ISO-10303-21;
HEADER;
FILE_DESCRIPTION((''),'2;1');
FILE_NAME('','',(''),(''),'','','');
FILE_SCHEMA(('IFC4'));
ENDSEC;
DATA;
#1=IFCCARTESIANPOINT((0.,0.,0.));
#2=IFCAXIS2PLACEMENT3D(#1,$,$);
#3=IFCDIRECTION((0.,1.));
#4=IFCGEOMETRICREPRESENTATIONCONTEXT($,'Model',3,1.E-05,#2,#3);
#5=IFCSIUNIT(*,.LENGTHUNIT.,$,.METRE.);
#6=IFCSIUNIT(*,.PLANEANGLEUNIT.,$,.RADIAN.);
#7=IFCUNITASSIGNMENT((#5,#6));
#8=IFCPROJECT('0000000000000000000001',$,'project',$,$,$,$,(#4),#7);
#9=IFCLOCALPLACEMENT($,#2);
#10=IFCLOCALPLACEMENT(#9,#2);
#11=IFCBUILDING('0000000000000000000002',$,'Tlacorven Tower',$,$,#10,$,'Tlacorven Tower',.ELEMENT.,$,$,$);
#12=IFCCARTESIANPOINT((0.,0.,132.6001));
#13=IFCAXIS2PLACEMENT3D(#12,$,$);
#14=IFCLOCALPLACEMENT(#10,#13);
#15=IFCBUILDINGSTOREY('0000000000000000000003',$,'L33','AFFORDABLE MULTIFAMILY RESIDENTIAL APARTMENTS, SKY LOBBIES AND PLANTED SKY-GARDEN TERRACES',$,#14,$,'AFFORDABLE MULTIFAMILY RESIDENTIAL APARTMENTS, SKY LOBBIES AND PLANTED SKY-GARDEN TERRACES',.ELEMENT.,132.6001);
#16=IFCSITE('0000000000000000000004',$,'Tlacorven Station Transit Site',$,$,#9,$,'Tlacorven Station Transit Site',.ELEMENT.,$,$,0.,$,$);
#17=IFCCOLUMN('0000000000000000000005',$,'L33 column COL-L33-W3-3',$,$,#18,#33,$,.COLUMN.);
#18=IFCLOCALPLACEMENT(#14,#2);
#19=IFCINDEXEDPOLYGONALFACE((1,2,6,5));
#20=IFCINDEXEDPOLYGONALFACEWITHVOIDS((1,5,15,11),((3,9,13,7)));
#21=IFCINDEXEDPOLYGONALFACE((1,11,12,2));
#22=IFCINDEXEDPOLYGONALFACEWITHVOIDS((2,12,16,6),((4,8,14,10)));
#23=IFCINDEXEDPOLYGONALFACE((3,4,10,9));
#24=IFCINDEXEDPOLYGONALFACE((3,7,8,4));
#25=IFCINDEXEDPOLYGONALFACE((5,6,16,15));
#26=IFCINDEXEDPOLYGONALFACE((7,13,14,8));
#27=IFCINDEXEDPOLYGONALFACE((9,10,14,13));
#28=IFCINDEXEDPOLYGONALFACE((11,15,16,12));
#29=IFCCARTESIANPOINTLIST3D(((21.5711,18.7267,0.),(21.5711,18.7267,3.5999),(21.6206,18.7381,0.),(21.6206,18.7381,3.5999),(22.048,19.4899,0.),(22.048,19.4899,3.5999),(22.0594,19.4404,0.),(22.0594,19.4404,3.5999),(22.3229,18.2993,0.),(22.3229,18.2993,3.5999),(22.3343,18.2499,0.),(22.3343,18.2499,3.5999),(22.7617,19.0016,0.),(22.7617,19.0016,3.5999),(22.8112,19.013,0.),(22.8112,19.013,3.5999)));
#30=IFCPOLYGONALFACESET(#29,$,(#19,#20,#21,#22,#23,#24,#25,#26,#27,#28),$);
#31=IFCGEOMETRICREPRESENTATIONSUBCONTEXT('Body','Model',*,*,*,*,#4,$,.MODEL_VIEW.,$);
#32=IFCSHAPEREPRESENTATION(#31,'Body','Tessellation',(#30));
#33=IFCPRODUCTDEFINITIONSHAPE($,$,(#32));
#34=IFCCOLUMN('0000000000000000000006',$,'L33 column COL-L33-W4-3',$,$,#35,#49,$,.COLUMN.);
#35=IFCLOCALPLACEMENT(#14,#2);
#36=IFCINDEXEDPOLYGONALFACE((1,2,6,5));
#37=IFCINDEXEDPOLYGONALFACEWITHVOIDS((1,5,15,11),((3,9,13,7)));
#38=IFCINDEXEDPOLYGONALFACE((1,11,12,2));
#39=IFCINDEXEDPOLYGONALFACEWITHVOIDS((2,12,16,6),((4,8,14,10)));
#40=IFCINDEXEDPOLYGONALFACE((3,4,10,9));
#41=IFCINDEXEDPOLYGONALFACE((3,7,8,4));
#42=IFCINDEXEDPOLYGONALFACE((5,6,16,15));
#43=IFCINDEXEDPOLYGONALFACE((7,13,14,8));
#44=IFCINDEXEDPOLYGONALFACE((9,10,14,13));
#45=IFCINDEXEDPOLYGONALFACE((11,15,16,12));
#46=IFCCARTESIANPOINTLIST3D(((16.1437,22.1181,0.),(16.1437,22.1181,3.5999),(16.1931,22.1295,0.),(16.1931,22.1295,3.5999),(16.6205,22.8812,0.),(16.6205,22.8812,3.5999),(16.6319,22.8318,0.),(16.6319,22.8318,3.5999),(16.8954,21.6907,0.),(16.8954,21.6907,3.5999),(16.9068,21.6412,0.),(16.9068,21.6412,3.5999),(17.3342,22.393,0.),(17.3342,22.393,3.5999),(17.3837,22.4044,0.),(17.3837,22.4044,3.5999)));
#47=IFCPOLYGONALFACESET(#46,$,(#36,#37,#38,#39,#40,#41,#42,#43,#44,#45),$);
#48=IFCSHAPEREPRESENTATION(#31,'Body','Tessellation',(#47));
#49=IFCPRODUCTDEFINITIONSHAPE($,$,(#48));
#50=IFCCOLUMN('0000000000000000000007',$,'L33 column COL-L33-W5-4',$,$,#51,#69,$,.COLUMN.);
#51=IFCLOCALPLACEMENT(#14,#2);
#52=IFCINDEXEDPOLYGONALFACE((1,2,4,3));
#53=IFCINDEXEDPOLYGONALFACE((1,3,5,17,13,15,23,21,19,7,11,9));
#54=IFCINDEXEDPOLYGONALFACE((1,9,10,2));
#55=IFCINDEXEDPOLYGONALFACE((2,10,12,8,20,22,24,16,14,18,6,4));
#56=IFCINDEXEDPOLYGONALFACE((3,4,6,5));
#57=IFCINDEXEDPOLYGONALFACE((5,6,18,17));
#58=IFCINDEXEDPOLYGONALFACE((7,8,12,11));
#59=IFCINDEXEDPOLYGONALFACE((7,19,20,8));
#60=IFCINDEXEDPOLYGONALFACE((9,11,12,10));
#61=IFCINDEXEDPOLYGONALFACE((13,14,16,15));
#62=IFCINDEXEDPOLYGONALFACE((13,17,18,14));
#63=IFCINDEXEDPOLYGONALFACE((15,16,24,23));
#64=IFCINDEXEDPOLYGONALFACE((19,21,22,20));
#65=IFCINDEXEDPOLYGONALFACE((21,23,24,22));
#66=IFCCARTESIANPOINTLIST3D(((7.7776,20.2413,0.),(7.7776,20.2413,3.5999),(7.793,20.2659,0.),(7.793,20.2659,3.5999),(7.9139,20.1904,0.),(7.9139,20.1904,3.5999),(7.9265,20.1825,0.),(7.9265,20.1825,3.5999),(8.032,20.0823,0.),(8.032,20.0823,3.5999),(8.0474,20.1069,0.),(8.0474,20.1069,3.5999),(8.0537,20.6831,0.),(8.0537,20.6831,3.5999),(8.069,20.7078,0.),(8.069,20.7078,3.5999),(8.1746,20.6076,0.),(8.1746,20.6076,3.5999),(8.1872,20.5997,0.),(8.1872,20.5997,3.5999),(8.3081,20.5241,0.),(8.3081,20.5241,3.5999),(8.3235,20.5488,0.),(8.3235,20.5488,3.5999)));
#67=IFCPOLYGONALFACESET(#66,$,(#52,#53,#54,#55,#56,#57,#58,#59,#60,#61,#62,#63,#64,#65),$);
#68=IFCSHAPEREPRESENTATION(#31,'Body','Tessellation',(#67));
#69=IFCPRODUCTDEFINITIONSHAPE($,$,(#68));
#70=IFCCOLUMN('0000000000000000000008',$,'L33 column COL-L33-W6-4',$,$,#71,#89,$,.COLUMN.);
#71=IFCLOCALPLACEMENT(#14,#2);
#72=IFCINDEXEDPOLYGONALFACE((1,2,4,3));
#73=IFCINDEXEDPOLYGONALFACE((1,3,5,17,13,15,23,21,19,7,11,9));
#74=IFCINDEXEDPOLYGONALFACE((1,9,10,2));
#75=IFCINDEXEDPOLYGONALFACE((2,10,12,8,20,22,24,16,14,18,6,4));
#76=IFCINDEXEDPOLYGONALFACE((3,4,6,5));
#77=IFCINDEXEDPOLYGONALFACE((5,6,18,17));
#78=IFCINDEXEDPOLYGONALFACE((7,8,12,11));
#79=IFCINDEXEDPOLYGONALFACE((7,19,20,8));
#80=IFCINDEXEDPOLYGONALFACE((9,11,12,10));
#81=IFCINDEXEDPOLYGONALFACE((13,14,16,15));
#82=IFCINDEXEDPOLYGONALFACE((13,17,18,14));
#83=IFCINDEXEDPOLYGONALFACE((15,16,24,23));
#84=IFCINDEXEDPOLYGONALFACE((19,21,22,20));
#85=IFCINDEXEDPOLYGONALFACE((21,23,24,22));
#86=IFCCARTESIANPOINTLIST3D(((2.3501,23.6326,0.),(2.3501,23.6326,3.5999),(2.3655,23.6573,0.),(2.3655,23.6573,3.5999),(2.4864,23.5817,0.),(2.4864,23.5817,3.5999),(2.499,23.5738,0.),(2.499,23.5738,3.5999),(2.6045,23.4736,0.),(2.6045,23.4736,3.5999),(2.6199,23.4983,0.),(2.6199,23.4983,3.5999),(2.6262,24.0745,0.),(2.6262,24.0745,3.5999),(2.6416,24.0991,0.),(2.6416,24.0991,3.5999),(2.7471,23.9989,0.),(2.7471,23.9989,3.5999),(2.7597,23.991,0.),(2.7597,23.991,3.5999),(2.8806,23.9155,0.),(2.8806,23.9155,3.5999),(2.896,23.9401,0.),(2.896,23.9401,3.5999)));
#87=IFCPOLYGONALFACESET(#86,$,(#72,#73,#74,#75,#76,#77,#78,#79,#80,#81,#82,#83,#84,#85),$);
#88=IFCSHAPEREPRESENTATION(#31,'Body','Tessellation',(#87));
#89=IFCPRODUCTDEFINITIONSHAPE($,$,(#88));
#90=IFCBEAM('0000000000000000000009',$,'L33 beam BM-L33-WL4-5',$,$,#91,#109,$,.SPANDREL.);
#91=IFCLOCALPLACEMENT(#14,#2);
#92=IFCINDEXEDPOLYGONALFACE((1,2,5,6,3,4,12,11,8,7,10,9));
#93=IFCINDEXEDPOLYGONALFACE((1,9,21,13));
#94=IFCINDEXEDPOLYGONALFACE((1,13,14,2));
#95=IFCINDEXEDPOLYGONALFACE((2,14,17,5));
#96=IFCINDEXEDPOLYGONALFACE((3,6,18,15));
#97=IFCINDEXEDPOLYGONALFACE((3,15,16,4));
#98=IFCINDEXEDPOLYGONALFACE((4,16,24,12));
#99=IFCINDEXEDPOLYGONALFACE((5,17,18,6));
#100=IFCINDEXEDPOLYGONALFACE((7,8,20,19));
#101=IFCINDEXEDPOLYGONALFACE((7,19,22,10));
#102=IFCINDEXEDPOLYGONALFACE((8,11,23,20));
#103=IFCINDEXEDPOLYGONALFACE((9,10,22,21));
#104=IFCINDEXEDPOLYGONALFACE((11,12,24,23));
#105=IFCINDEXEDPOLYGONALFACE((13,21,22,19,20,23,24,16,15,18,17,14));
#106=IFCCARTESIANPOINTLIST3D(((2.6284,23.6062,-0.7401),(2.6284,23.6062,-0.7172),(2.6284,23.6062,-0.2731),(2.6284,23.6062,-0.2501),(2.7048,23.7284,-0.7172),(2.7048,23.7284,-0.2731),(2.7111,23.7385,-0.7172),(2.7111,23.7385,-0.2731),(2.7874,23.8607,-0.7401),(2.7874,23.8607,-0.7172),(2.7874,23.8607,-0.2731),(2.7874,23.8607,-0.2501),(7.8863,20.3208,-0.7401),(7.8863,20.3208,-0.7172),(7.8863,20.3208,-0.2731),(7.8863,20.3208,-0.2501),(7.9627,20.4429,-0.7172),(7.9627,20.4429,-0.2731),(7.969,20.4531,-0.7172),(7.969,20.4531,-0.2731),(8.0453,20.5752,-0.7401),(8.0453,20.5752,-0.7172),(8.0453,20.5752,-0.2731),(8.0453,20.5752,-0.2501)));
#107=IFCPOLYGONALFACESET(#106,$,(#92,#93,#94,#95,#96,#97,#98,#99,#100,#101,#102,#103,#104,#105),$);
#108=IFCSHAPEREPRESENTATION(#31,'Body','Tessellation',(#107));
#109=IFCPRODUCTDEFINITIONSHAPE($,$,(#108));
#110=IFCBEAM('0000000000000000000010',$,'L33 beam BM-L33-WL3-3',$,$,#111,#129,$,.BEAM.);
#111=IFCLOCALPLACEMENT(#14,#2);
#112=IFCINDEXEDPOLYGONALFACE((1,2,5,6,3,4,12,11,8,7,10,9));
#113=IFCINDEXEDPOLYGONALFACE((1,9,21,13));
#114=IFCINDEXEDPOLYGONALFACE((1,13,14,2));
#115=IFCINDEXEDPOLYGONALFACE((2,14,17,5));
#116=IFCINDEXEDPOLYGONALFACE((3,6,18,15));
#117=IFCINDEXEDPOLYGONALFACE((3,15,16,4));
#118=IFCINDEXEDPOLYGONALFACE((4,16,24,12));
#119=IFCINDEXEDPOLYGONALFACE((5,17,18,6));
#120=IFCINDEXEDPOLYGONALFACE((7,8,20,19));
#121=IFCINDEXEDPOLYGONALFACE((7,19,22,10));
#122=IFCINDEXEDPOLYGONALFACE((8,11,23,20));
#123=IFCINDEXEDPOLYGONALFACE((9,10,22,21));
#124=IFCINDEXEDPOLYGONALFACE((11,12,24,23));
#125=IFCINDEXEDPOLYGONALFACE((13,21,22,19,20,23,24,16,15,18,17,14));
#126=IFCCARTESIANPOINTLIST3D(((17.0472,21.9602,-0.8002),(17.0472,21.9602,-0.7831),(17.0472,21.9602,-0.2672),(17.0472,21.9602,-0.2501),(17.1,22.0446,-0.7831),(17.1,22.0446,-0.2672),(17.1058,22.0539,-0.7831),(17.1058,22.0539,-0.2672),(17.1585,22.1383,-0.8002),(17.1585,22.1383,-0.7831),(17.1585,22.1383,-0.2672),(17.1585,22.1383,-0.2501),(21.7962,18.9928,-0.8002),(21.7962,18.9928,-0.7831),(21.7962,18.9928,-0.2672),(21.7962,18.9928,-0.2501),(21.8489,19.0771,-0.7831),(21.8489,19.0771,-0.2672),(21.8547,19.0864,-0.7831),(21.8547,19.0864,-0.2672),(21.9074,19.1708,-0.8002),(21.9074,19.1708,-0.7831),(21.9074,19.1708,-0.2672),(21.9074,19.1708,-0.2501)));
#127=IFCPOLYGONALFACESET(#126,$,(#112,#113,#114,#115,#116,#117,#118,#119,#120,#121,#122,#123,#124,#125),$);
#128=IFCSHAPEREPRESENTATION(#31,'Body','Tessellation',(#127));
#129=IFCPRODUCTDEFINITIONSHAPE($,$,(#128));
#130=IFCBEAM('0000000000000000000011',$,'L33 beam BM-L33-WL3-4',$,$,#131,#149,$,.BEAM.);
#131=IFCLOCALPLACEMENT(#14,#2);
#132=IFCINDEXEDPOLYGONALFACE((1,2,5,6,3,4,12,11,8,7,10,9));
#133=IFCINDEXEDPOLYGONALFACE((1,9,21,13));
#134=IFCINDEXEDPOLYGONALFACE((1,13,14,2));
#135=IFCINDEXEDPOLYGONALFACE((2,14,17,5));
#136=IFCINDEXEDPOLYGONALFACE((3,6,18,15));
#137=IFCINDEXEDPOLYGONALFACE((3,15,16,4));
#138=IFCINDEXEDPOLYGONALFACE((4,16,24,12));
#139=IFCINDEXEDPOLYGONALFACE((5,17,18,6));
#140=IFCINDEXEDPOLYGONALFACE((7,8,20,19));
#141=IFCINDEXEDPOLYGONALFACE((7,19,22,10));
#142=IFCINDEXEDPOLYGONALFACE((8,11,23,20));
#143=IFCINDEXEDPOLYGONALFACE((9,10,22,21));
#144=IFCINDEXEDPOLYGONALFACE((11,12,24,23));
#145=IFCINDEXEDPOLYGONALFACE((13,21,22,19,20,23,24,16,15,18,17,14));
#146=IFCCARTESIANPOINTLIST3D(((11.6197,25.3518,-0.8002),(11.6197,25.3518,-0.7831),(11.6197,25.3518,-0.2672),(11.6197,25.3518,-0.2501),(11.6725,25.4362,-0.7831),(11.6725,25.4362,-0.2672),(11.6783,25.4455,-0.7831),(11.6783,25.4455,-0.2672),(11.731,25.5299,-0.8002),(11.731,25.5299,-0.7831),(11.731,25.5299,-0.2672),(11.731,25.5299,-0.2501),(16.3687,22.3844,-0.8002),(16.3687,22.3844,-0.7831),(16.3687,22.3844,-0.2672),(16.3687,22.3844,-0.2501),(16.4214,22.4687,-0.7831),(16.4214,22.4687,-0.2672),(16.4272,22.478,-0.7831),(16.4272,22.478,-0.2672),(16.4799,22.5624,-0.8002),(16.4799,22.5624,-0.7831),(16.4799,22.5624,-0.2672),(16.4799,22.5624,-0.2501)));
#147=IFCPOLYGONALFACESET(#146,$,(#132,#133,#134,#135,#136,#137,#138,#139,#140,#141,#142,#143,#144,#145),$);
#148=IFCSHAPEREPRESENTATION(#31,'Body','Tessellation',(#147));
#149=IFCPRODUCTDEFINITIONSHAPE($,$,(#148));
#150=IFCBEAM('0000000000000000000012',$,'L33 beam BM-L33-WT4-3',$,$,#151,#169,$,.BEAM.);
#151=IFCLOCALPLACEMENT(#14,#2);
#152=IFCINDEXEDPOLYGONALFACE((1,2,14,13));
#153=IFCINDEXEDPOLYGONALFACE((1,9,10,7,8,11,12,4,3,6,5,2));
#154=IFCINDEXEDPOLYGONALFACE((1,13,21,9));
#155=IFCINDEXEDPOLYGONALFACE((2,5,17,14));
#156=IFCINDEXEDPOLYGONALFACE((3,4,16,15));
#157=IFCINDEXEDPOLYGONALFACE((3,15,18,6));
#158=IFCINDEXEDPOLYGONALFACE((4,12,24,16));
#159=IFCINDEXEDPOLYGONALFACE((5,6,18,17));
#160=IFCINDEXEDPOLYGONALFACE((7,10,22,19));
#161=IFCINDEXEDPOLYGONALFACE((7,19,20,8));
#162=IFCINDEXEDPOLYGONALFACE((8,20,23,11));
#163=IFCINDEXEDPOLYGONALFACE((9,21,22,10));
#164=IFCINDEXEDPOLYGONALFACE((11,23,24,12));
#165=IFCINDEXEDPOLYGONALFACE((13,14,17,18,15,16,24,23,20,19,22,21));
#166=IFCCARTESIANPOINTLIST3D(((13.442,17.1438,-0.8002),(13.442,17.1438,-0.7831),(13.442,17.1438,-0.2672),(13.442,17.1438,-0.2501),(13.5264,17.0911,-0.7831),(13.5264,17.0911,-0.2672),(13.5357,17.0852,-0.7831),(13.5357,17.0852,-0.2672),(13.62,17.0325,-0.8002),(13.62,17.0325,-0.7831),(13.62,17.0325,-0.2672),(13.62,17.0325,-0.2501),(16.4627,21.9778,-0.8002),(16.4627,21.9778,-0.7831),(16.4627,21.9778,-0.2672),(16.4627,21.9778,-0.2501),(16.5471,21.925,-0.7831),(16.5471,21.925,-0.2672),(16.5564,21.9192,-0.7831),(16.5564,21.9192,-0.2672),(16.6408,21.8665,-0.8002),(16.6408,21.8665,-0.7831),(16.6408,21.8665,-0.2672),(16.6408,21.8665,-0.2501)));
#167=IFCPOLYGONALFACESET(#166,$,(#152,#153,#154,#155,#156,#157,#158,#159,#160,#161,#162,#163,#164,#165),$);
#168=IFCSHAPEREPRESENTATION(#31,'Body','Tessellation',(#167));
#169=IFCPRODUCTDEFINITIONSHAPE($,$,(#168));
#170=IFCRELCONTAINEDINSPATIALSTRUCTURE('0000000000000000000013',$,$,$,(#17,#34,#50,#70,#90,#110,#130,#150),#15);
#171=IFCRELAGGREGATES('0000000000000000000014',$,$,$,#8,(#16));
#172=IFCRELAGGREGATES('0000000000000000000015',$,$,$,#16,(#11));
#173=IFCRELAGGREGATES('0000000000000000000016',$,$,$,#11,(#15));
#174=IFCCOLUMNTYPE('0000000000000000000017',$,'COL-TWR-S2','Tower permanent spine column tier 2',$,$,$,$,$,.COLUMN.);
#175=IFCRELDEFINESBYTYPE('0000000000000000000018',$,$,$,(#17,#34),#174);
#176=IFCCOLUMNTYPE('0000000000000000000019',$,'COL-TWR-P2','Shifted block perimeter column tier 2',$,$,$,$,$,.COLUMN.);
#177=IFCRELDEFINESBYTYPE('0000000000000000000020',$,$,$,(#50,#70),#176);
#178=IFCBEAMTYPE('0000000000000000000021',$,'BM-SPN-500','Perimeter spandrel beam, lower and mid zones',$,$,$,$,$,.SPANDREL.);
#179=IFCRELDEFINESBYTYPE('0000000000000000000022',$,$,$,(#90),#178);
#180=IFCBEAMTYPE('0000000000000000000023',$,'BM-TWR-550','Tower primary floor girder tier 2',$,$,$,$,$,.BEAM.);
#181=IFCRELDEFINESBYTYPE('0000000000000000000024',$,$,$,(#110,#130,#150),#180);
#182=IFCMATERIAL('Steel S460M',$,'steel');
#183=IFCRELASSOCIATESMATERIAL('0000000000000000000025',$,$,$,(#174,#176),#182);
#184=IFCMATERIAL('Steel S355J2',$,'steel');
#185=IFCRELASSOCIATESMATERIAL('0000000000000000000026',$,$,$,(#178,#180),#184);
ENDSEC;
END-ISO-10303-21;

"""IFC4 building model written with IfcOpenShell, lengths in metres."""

from ifc_helpers import new_model, si_unit, direction, frame, origin, origin_2d, place, context, subcontext, project, spatial, hollow_rectangle, i_section, extrude, source, transform, mapped, material, material_profile, profile_set, type_object, element, save


model = new_model("IFC4")

# Units and contexts
model_context = context("Model", 3, precision=1e-05, world=origin(), true_north=direction((0.0, 1.0)))
body_context = subcontext(model_context, "Body", "Model", "MODEL_VIEW")
ifc_project = project(units=[si_unit("LENGTHUNIT", "METRE"), si_unit("PLANEANGLEUNIT", "RADIAN")], contexts=[model_context])

# Site, building, storey
site_placement = place(None, origin())
site = spatial("IfcSite", under=ifc_project, at=site_placement, Name="Tlacorven Station Transit Site", LongName="Tlacorven Station Transit Site", CompositionType="ELEMENT", RefElevation=0.0)
building_placement = place(site_placement, origin())
building = spatial("IfcBuilding", under=site, at=building_placement, Name="Tlacorven Tower", LongName="Tlacorven Tower", CompositionType="ELEMENT")
storey_placement = place(building_placement, frame((0.0, 0.0, 132.6001)))
storey = spatial("IfcBuildingStorey", under=building, at=storey_placement, Name="L33", Description="AFFORDABLE MULTIFAMILY RESIDENTIAL APARTMENTS, SKY LOBBIES AND PLANTED SKY-GARDEN TERRACES", LongName="AFFORDABLE MULTIFAMILY RESIDENTIAL APARTMENTS, SKY LOBBIES AND PLANTED SKY-GARDEN TERRACES", CompositionType="ELEMENT", Elevation=132.6001)

# Columns
ifc_material_1 = material(Name="Steel S460M", Category="steel")
ifc_material_profile_1 = material_profile(ifc_material_1, hollow_rectangle(XDim=0.8999, YDim=0.8999, WallThickness=0.0359, at=origin_2d()), Name="BOX 900X900X36")
ifc_profile_set_1 = profile_set([ifc_material_profile_1], Name="Steel S460M")
column_type_1 = type_object("IfcColumnType", Name="COL-TWR-S2", Description="Tower permanent spine column tier 2", PredefinedType="COLUMN", material=ifc_profile_set_1)
shared_shape_1 = source(origin(), body_context, "Body", "SweptSolid", [
    extrude(hollow_rectangle(XDim=0.8999, YDim=0.8999, WallThickness=0.0359, at=origin_2d()), origin(), (0.0, 0.0, 1.0), 3.5999),
])
for number, where, z_axis, x_axis, name in (
    (1, (22.1912, 18.8699, 0.0), (0.0, 0.0, 1.0), (-0.848048, 0.529919, 0.0), "L33 column COL-L33-W3-3"),
    (2, (16.7637, 22.2612, 0.0), (0.0, 0.0, 1.0), (-0.848048, 0.529919, 0.0), "L33 column COL-L33-W4-3"),
):
    element("IfcColumn", number, at=place(storey_placement, frame(where, z_axis=z_axis, x_axis=x_axis)), inside=storey, type_object=column_type_1, Name=name, PredefinedType="COLUMN", context=body_context, shape_type="MappedRepresentation", body=[
        mapped(shared_shape_1, transform((0.0, 0.0, 0.0), scale=1.0)),
    ])
ifc_material_profile_2 = material_profile(ifc_material_1, i_section(OverallWidth=0.3, OverallDepth=0.55, WebThickness=0.0149, FlangeThickness=0.0291, at=origin_2d()), Name="HEB 550")
ifc_profile_set_2 = profile_set([ifc_material_profile_2], Name="Steel S460M")
column_type_2 = type_object("IfcColumnType", Name="COL-TWR-P2", Description="Shifted block perimeter column tier 2", PredefinedType="COLUMN", material=ifc_profile_set_2)
shared_shape_2 = source(origin(), body_context, "Body", "SweptSolid", [
    extrude(i_section(OverallWidth=0.3, OverallDepth=0.55, WebThickness=0.0149, FlangeThickness=0.0291, at=origin_2d()), origin(), (0.0, 0.0, 1.0), 3.5999),
])
for number, where, z_axis, x_axis, name in (
    (3, (8.0505, 20.395, 0.0), (0.0, 0.0, 1.0), (-0.848048, 0.529919, 0.0), "L33 column COL-L33-W5-4"),
    (4, (2.623, 23.7864, 0.0), (0.0, 0.0, 1.0), (-0.848048, 0.529919, 0.0), "L33 column COL-L33-W6-4"),
):
    element("IfcColumn", number, at=place(storey_placement, frame(where, z_axis=z_axis, x_axis=x_axis)), inside=storey, type_object=column_type_2, Name=name, PredefinedType="COLUMN", context=body_context, shape_type="MappedRepresentation", body=[
        mapped(shared_shape_2, transform((0.0, 0.0, 0.0), scale=1.0)),
    ])

# Beams
ifc_material_2 = material(Name="Steel S355J2", Category="steel")
ifc_material_profile_3 = material_profile(ifc_material_2, i_section(OverallWidth=0.3, OverallDepth=0.49, WebThickness=0.012, FlangeThickness=0.0229, at=origin_2d()), Name="HEA 500")
ifc_profile_set_3 = profile_set([ifc_material_profile_3], Name="Steel S355J2")
beam_type_1 = type_object("IfcBeamType", Name="BM-SPN-500", Description="Perimeter spandrel beam, lower and mid zones", PredefinedType="SPANDREL", material=ifc_profile_set_3)
shared_shape_3 = source(origin(), body_context, "Body", "SweptSolid", [
    extrude(i_section(OverallWidth=0.3, OverallDepth=0.49, WebThickness=0.012, FlangeThickness=0.0229, at=origin_2d()), origin(), (0.0, 0.0, 1.0), 6.2),
])
beam_1_placement = place(storey_placement, frame((7.9658, 20.448, -0.4951), z_axis=(-0.848051, 0.529914, 0.0), x_axis=(-0.529914, -0.848051, 0.0)))
element("IfcBeam", 5, at=beam_1_placement, inside=storey, type_object=beam_type_1, Name="L33 beam BM-L33-WL4-5", PredefinedType="SPANDREL", context=body_context, shape_type="MappedRepresentation", body=[
    mapped(shared_shape_3, transform((0.0, 0.0, 0.0), scale=1.0)),
])
ifc_material_profile_4 = material_profile(ifc_material_2, i_section(OverallWidth=0.21, OverallDepth=0.55, WebThickness=0.011, FlangeThickness=0.0171, at=origin_2d()), Name="IPE 550")
ifc_profile_set_4 = profile_set([ifc_material_profile_4], Name="Steel S355J2")
beam_type_2 = type_object("IfcBeamType", Name="BM-TWR-550", Description="Tower primary floor girder tier 2", PredefinedType="BEAM", material=ifc_profile_set_4)
shared_shape_4 = source(origin(), body_context, "Body", "SweptSolid", [
    extrude(i_section(OverallWidth=0.21, OverallDepth=0.55, WebThickness=0.011, FlangeThickness=0.0171, at=origin_2d()), origin(), (0.0, 0.0, 1.0), 5.5999),
])
for number, where, z_axis, x_axis, name in (
    (6, (21.8518, 19.0818, -0.5251), (-0.848047, 0.529921, 0.0), (-0.529921, -0.848047, 0.0), "L33 beam BM-L33-WL3-3"),
    (7, (16.4243, 22.4734, -0.5251), (-0.848047, 0.529921, 0.0), (-0.529921, -0.848047, 0.0), "L33 beam BM-L33-WL3-4"),
):
    element("IfcBeam", number, at=place(storey_placement, frame(where, z_axis=z_axis, x_axis=x_axis)), inside=storey, type_object=beam_type_2, Name=name, PredefinedType="BEAM", context=body_context, shape_type="MappedRepresentation", body=[
        mapped(shared_shape_4, transform((0.0, 0.0, 0.0), scale=1.0)),
    ])
shared_shape_5 = source(origin(), body_context, "Body", "SweptSolid", [
    extrude(i_section(OverallWidth=0.21, OverallDepth=0.55, WebThickness=0.011, FlangeThickness=0.0171, at=origin_2d()), origin(), (0.0, 0.0, 1.0), 5.7002),
])
beam_2_placement = place(storey_placement, frame((16.5518, 21.9221, -0.5251), z_axis=(-0.529937, -0.848037, 0.0), x_axis=(0.848037, -0.529937, 0.0)))
element("IfcBeam", 8, at=beam_2_placement, inside=storey, type_object=beam_type_2, Name="L33 beam BM-L33-WT4-3", PredefinedType="BEAM", context=body_context, shape_type="MappedRepresentation", body=[
    mapped(shared_shape_5, transform((0.0, 0.0, 0.0), scale=1.0)),
])

save(model, "model.ifc")
